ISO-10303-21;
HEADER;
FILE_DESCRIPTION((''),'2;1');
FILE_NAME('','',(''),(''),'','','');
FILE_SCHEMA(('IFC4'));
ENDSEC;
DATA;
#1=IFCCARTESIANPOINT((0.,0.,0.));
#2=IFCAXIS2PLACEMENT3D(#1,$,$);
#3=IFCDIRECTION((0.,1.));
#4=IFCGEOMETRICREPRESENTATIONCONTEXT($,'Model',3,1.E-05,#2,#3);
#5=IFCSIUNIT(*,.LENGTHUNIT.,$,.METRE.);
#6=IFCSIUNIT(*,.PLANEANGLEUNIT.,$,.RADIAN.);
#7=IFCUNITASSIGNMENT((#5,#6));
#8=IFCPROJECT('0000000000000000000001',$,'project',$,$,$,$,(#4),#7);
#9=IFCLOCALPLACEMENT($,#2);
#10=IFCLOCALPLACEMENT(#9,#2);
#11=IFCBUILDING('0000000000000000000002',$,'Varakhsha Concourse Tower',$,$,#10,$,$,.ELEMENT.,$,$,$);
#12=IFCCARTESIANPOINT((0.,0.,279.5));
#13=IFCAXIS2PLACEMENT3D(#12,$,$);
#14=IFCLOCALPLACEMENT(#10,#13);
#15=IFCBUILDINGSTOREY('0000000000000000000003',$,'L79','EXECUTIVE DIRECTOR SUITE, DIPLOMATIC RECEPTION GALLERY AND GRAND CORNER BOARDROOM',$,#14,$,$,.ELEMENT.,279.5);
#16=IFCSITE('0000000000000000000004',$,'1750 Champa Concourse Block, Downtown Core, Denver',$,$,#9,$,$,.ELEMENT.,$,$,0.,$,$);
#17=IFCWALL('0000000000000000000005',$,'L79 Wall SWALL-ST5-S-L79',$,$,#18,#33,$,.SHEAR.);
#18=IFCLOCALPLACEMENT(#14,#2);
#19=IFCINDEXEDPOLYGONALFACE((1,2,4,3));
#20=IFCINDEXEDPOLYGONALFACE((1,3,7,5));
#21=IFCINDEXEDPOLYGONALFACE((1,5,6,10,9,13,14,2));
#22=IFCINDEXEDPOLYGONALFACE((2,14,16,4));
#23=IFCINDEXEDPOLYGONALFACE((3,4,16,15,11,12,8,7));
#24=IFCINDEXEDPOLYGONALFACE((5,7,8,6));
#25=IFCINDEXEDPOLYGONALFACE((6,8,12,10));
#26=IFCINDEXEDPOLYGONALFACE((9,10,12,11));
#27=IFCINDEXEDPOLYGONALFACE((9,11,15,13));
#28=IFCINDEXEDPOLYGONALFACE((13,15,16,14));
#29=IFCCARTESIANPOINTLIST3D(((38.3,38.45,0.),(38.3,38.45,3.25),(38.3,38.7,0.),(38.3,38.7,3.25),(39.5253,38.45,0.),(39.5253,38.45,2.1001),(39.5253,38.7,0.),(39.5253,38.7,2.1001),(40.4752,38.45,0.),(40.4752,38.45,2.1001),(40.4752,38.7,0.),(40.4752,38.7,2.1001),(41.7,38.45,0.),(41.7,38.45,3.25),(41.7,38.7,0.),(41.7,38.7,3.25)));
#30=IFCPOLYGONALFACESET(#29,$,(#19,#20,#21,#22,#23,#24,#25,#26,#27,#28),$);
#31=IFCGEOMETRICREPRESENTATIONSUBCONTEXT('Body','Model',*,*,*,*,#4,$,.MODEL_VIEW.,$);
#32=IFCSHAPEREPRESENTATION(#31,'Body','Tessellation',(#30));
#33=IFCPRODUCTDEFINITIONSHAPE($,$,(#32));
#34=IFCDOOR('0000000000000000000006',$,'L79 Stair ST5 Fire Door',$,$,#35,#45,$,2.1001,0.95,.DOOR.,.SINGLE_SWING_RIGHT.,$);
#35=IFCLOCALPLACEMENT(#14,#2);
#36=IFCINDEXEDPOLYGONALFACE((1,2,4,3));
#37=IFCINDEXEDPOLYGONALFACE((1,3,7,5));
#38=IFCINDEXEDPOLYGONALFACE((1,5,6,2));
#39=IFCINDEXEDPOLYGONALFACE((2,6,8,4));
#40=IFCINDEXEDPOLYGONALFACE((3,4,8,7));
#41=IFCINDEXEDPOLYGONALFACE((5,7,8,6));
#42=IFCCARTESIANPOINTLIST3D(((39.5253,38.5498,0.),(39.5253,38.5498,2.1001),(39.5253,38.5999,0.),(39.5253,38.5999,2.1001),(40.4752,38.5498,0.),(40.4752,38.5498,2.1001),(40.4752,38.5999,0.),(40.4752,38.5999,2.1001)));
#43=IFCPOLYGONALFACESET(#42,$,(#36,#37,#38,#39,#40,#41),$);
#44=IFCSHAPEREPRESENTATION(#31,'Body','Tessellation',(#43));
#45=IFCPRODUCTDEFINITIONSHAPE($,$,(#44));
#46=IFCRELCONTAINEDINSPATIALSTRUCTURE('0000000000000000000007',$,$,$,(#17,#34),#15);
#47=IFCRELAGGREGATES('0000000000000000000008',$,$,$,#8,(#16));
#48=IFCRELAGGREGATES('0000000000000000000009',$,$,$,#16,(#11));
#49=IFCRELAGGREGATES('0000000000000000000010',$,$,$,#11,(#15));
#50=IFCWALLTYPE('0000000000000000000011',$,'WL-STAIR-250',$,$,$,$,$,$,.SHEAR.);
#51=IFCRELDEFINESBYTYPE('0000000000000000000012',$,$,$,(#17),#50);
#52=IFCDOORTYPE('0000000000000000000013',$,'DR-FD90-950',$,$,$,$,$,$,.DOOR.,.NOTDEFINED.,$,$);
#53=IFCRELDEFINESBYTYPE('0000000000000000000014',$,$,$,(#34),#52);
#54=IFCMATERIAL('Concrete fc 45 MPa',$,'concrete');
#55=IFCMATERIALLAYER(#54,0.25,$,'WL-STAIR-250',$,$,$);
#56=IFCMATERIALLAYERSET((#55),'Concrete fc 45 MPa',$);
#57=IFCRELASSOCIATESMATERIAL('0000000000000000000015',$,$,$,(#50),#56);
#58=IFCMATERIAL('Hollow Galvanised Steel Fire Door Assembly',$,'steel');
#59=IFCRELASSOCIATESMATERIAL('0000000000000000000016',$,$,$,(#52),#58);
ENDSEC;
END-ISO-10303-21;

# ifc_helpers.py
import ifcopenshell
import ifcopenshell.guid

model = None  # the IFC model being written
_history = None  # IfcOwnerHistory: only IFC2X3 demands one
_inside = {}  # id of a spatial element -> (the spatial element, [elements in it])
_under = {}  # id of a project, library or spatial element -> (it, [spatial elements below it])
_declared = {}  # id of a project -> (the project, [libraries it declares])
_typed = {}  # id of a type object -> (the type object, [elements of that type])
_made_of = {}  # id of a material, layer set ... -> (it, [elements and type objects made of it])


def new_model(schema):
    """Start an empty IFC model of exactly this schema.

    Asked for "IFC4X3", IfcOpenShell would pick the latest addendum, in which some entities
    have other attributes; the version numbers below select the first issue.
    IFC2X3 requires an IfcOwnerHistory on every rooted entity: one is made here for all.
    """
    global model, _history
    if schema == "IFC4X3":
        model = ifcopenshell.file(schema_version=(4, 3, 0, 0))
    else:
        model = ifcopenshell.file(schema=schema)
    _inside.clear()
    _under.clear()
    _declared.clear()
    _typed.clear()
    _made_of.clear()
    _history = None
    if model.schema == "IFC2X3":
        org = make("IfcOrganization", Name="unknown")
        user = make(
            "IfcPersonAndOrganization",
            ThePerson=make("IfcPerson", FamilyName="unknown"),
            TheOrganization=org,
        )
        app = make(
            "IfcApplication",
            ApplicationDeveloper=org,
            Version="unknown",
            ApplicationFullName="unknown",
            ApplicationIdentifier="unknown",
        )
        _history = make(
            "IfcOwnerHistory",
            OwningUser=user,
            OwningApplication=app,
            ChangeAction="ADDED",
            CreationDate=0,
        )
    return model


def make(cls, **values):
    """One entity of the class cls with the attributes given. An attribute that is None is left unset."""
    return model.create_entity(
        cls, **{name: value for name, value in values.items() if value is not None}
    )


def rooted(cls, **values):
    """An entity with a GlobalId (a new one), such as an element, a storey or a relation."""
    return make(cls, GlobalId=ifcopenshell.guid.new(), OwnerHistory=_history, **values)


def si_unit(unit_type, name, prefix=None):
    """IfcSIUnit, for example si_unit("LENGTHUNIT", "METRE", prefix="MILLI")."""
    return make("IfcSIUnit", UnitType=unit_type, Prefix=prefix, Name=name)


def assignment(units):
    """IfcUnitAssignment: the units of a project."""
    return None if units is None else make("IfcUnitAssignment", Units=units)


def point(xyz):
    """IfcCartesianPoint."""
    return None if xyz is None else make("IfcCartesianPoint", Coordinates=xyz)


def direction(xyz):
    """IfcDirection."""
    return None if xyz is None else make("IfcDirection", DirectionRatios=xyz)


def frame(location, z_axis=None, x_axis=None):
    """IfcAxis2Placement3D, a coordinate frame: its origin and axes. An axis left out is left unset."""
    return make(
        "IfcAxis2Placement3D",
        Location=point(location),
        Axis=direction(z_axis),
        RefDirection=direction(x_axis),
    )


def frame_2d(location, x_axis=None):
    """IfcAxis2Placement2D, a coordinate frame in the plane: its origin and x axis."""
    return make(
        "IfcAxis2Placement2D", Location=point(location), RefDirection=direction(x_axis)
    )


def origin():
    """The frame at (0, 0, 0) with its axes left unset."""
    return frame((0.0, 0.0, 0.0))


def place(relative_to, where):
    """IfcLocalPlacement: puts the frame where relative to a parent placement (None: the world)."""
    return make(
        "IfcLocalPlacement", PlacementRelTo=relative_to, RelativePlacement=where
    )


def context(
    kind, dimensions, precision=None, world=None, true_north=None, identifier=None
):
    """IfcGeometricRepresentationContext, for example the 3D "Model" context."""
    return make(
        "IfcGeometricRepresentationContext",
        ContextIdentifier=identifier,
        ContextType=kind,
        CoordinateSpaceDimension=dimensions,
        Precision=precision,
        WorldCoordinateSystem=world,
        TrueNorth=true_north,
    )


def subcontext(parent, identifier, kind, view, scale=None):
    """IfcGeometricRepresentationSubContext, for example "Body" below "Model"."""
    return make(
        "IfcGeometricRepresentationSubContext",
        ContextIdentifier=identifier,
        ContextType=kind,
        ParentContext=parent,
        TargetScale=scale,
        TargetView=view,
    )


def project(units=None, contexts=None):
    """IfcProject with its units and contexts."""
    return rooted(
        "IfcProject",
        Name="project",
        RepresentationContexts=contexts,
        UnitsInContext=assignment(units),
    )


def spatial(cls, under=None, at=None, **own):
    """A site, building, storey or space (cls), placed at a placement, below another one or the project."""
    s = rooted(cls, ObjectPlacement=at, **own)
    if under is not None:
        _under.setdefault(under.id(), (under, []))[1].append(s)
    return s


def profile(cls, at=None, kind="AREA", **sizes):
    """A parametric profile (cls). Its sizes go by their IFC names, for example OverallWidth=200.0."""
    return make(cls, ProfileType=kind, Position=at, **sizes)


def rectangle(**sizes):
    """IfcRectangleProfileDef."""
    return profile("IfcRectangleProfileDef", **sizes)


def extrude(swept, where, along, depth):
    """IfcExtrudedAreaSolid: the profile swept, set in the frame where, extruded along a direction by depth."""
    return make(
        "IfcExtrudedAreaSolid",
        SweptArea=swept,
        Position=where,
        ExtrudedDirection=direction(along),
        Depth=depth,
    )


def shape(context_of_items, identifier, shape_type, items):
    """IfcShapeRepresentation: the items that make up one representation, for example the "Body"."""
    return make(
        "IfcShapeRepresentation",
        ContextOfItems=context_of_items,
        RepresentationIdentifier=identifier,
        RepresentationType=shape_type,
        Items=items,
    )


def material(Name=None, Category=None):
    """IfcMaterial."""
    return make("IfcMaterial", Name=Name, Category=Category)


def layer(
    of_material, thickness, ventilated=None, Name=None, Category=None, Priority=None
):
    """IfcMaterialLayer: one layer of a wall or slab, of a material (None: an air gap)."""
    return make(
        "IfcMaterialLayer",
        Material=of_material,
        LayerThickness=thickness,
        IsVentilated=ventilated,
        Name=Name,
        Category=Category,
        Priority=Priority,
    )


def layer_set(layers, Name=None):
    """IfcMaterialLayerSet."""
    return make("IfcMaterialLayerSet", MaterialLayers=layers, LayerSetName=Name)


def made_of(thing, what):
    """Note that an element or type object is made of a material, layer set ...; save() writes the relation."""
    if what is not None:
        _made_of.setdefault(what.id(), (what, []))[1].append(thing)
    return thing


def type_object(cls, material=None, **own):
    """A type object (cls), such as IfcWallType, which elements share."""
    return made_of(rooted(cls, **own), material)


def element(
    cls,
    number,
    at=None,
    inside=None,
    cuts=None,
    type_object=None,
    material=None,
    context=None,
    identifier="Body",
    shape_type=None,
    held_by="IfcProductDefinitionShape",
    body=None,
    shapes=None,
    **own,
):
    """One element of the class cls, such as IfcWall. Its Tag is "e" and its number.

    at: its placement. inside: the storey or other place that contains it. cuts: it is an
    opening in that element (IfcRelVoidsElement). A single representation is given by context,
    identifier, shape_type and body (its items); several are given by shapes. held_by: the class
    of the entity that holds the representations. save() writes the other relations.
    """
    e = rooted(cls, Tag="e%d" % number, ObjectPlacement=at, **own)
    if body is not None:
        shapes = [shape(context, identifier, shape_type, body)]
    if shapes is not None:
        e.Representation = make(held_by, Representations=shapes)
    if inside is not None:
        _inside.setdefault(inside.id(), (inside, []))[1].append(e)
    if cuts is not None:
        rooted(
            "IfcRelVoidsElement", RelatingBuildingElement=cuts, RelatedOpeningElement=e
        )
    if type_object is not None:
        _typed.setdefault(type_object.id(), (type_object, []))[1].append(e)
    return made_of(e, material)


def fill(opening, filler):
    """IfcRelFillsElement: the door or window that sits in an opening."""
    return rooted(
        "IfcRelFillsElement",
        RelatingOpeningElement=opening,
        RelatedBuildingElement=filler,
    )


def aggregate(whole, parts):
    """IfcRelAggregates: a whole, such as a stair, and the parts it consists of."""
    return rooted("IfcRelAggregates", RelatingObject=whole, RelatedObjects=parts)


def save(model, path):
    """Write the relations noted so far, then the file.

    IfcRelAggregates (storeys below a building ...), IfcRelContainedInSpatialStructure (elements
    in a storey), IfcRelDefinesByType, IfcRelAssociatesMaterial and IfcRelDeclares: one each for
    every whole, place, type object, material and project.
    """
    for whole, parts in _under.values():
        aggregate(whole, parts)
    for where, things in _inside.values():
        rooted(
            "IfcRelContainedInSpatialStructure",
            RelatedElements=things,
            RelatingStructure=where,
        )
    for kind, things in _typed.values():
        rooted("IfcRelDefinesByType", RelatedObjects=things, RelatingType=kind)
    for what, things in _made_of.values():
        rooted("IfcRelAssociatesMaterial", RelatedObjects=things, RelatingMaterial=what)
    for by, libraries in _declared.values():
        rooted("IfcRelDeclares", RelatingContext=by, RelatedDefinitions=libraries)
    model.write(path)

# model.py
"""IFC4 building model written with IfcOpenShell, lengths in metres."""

from ifc_helpers import new_model, si_unit, direction, frame, frame_2d, origin, place, context, subcontext, project, spatial, rectangle, extrude, material, layer, layer_set, type_object, element, fill, save


model = new_model("IFC4")

# Units and contexts
model_context = context("Model", 3, precision=1e-05, world=origin(), true_north=direction((0.0, 1.0)))
body_context = subcontext(model_context, "Body", "Model", "MODEL_VIEW")
ifc_project = project(units=[si_unit("LENGTHUNIT", "METRE"), si_unit("PLANEANGLEUNIT", "RADIAN")], contexts=[model_context])

# Site, building, storey
site_placement = place(None, origin())
site = spatial("IfcSite", under=ifc_project, at=site_placement, Name="1750 Champa Concourse Block, Downtown Core, Denver", CompositionType="ELEMENT", RefElevation=0.0)
building_placement = place(site_placement, origin())
building = spatial("IfcBuilding", under=site, at=building_placement, Name="Varakhsha Concourse Tower", CompositionType="ELEMENT")
storey_placement = place(building_placement, frame((0.0, 0.0, 279.5)))
storey = spatial("IfcBuildingStorey", under=building, at=storey_placement, Name="L79", Description="EXECUTIVE DIRECTOR SUITE, DIPLOMATIC RECEPTION GALLERY AND GRAND CORNER BOARDROOM", CompositionType="ELEMENT", Elevation=279.5)

# Shared definitions
ifc_material_1 = material(Name="Hollow Galvanised Steel Fire Door Assembly", Category="steel")

# Shared definitions
ifc_material_2 = material(Name="Concrete fc 45 MPa", Category="concrete")
ifc_layer_1 = layer(ifc_material_2, 0.25, Name="WL-STAIR-250")
ifc_layer_set_1 = layer_set([ifc_layer_1], Name="Concrete fc 45 MPa")
wall_type_1 = type_object("IfcWallType", Name="WL-STAIR-250", PredefinedType="SHEAR", material=ifc_layer_set_1)

# Wall, opening, door
wall_1_placement = place(storey_placement, frame((38.3, 38.575, 0.0), z_axis=(0.0, 0.0, 1.0), x_axis=(1.0, 0.0, 0.0)))
wall_1 = element("IfcWall", 1, at=wall_1_placement, inside=storey, type_object=wall_type_1, Name="L79 Wall SWALL-ST5-S-L79", PredefinedType="SHEAR", context=body_context, shape_type="SweptSolid", body=[
    extrude(rectangle(XDim=3.3999, YDim=0.25, at=frame_2d((1.7, 0.0))), origin(), (0.0, 0.0, 1.0), 3.25),
])
opening_1_placement = place(wall_1_placement, frame((1.2251, 0.0, 0.0)))
opening_1 = element("IfcOpeningElement", 2, at=opening_1_placement, cuts=wall_1, PredefinedType="OPENING", context=body_context, shape_type="SweptSolid", body=[
    extrude(rectangle(XDim=0.95, YDim=2.1001, at=frame_2d((0.4751, 1.05))), frame((0.0, 0.135, 0.0), z_axis=(0.0, -1.0, 0.0), x_axis=(1.0, 0.0, 0.0)), (0.0, 0.0, 1.0), 0.27),
])
door_type_1 = type_object("IfcDoorType", Name="DR-FD90-950", OperationType="NOTDEFINED", PredefinedType="DOOR", material=ifc_material_1)
door_1_placement = place(opening_1_placement, origin())
door_1 = element("IfcDoor", 3, at=door_1_placement, inside=storey, type_object=door_type_1, Name="L79 Stair ST5 Fire Door", OperationType="SINGLE_SWING_RIGHT", OverallHeight=2.1001, OverallWidth=0.95, PredefinedType="DOOR", context=body_context, shape_type="SweptSolid", body=[
    extrude(rectangle(XDim=0.95, YDim=2.1001, at=frame_2d((0.4751, 1.05))), frame((0.0, 0.0249, 0.0), z_axis=(0.0, -1.0, 0.0), x_axis=(1.0, 0.0, 0.0)), (0.0, 0.0, 1.0), 0.05),
])
fill(opening_1, door_1)

save(model, "model.ifc")
